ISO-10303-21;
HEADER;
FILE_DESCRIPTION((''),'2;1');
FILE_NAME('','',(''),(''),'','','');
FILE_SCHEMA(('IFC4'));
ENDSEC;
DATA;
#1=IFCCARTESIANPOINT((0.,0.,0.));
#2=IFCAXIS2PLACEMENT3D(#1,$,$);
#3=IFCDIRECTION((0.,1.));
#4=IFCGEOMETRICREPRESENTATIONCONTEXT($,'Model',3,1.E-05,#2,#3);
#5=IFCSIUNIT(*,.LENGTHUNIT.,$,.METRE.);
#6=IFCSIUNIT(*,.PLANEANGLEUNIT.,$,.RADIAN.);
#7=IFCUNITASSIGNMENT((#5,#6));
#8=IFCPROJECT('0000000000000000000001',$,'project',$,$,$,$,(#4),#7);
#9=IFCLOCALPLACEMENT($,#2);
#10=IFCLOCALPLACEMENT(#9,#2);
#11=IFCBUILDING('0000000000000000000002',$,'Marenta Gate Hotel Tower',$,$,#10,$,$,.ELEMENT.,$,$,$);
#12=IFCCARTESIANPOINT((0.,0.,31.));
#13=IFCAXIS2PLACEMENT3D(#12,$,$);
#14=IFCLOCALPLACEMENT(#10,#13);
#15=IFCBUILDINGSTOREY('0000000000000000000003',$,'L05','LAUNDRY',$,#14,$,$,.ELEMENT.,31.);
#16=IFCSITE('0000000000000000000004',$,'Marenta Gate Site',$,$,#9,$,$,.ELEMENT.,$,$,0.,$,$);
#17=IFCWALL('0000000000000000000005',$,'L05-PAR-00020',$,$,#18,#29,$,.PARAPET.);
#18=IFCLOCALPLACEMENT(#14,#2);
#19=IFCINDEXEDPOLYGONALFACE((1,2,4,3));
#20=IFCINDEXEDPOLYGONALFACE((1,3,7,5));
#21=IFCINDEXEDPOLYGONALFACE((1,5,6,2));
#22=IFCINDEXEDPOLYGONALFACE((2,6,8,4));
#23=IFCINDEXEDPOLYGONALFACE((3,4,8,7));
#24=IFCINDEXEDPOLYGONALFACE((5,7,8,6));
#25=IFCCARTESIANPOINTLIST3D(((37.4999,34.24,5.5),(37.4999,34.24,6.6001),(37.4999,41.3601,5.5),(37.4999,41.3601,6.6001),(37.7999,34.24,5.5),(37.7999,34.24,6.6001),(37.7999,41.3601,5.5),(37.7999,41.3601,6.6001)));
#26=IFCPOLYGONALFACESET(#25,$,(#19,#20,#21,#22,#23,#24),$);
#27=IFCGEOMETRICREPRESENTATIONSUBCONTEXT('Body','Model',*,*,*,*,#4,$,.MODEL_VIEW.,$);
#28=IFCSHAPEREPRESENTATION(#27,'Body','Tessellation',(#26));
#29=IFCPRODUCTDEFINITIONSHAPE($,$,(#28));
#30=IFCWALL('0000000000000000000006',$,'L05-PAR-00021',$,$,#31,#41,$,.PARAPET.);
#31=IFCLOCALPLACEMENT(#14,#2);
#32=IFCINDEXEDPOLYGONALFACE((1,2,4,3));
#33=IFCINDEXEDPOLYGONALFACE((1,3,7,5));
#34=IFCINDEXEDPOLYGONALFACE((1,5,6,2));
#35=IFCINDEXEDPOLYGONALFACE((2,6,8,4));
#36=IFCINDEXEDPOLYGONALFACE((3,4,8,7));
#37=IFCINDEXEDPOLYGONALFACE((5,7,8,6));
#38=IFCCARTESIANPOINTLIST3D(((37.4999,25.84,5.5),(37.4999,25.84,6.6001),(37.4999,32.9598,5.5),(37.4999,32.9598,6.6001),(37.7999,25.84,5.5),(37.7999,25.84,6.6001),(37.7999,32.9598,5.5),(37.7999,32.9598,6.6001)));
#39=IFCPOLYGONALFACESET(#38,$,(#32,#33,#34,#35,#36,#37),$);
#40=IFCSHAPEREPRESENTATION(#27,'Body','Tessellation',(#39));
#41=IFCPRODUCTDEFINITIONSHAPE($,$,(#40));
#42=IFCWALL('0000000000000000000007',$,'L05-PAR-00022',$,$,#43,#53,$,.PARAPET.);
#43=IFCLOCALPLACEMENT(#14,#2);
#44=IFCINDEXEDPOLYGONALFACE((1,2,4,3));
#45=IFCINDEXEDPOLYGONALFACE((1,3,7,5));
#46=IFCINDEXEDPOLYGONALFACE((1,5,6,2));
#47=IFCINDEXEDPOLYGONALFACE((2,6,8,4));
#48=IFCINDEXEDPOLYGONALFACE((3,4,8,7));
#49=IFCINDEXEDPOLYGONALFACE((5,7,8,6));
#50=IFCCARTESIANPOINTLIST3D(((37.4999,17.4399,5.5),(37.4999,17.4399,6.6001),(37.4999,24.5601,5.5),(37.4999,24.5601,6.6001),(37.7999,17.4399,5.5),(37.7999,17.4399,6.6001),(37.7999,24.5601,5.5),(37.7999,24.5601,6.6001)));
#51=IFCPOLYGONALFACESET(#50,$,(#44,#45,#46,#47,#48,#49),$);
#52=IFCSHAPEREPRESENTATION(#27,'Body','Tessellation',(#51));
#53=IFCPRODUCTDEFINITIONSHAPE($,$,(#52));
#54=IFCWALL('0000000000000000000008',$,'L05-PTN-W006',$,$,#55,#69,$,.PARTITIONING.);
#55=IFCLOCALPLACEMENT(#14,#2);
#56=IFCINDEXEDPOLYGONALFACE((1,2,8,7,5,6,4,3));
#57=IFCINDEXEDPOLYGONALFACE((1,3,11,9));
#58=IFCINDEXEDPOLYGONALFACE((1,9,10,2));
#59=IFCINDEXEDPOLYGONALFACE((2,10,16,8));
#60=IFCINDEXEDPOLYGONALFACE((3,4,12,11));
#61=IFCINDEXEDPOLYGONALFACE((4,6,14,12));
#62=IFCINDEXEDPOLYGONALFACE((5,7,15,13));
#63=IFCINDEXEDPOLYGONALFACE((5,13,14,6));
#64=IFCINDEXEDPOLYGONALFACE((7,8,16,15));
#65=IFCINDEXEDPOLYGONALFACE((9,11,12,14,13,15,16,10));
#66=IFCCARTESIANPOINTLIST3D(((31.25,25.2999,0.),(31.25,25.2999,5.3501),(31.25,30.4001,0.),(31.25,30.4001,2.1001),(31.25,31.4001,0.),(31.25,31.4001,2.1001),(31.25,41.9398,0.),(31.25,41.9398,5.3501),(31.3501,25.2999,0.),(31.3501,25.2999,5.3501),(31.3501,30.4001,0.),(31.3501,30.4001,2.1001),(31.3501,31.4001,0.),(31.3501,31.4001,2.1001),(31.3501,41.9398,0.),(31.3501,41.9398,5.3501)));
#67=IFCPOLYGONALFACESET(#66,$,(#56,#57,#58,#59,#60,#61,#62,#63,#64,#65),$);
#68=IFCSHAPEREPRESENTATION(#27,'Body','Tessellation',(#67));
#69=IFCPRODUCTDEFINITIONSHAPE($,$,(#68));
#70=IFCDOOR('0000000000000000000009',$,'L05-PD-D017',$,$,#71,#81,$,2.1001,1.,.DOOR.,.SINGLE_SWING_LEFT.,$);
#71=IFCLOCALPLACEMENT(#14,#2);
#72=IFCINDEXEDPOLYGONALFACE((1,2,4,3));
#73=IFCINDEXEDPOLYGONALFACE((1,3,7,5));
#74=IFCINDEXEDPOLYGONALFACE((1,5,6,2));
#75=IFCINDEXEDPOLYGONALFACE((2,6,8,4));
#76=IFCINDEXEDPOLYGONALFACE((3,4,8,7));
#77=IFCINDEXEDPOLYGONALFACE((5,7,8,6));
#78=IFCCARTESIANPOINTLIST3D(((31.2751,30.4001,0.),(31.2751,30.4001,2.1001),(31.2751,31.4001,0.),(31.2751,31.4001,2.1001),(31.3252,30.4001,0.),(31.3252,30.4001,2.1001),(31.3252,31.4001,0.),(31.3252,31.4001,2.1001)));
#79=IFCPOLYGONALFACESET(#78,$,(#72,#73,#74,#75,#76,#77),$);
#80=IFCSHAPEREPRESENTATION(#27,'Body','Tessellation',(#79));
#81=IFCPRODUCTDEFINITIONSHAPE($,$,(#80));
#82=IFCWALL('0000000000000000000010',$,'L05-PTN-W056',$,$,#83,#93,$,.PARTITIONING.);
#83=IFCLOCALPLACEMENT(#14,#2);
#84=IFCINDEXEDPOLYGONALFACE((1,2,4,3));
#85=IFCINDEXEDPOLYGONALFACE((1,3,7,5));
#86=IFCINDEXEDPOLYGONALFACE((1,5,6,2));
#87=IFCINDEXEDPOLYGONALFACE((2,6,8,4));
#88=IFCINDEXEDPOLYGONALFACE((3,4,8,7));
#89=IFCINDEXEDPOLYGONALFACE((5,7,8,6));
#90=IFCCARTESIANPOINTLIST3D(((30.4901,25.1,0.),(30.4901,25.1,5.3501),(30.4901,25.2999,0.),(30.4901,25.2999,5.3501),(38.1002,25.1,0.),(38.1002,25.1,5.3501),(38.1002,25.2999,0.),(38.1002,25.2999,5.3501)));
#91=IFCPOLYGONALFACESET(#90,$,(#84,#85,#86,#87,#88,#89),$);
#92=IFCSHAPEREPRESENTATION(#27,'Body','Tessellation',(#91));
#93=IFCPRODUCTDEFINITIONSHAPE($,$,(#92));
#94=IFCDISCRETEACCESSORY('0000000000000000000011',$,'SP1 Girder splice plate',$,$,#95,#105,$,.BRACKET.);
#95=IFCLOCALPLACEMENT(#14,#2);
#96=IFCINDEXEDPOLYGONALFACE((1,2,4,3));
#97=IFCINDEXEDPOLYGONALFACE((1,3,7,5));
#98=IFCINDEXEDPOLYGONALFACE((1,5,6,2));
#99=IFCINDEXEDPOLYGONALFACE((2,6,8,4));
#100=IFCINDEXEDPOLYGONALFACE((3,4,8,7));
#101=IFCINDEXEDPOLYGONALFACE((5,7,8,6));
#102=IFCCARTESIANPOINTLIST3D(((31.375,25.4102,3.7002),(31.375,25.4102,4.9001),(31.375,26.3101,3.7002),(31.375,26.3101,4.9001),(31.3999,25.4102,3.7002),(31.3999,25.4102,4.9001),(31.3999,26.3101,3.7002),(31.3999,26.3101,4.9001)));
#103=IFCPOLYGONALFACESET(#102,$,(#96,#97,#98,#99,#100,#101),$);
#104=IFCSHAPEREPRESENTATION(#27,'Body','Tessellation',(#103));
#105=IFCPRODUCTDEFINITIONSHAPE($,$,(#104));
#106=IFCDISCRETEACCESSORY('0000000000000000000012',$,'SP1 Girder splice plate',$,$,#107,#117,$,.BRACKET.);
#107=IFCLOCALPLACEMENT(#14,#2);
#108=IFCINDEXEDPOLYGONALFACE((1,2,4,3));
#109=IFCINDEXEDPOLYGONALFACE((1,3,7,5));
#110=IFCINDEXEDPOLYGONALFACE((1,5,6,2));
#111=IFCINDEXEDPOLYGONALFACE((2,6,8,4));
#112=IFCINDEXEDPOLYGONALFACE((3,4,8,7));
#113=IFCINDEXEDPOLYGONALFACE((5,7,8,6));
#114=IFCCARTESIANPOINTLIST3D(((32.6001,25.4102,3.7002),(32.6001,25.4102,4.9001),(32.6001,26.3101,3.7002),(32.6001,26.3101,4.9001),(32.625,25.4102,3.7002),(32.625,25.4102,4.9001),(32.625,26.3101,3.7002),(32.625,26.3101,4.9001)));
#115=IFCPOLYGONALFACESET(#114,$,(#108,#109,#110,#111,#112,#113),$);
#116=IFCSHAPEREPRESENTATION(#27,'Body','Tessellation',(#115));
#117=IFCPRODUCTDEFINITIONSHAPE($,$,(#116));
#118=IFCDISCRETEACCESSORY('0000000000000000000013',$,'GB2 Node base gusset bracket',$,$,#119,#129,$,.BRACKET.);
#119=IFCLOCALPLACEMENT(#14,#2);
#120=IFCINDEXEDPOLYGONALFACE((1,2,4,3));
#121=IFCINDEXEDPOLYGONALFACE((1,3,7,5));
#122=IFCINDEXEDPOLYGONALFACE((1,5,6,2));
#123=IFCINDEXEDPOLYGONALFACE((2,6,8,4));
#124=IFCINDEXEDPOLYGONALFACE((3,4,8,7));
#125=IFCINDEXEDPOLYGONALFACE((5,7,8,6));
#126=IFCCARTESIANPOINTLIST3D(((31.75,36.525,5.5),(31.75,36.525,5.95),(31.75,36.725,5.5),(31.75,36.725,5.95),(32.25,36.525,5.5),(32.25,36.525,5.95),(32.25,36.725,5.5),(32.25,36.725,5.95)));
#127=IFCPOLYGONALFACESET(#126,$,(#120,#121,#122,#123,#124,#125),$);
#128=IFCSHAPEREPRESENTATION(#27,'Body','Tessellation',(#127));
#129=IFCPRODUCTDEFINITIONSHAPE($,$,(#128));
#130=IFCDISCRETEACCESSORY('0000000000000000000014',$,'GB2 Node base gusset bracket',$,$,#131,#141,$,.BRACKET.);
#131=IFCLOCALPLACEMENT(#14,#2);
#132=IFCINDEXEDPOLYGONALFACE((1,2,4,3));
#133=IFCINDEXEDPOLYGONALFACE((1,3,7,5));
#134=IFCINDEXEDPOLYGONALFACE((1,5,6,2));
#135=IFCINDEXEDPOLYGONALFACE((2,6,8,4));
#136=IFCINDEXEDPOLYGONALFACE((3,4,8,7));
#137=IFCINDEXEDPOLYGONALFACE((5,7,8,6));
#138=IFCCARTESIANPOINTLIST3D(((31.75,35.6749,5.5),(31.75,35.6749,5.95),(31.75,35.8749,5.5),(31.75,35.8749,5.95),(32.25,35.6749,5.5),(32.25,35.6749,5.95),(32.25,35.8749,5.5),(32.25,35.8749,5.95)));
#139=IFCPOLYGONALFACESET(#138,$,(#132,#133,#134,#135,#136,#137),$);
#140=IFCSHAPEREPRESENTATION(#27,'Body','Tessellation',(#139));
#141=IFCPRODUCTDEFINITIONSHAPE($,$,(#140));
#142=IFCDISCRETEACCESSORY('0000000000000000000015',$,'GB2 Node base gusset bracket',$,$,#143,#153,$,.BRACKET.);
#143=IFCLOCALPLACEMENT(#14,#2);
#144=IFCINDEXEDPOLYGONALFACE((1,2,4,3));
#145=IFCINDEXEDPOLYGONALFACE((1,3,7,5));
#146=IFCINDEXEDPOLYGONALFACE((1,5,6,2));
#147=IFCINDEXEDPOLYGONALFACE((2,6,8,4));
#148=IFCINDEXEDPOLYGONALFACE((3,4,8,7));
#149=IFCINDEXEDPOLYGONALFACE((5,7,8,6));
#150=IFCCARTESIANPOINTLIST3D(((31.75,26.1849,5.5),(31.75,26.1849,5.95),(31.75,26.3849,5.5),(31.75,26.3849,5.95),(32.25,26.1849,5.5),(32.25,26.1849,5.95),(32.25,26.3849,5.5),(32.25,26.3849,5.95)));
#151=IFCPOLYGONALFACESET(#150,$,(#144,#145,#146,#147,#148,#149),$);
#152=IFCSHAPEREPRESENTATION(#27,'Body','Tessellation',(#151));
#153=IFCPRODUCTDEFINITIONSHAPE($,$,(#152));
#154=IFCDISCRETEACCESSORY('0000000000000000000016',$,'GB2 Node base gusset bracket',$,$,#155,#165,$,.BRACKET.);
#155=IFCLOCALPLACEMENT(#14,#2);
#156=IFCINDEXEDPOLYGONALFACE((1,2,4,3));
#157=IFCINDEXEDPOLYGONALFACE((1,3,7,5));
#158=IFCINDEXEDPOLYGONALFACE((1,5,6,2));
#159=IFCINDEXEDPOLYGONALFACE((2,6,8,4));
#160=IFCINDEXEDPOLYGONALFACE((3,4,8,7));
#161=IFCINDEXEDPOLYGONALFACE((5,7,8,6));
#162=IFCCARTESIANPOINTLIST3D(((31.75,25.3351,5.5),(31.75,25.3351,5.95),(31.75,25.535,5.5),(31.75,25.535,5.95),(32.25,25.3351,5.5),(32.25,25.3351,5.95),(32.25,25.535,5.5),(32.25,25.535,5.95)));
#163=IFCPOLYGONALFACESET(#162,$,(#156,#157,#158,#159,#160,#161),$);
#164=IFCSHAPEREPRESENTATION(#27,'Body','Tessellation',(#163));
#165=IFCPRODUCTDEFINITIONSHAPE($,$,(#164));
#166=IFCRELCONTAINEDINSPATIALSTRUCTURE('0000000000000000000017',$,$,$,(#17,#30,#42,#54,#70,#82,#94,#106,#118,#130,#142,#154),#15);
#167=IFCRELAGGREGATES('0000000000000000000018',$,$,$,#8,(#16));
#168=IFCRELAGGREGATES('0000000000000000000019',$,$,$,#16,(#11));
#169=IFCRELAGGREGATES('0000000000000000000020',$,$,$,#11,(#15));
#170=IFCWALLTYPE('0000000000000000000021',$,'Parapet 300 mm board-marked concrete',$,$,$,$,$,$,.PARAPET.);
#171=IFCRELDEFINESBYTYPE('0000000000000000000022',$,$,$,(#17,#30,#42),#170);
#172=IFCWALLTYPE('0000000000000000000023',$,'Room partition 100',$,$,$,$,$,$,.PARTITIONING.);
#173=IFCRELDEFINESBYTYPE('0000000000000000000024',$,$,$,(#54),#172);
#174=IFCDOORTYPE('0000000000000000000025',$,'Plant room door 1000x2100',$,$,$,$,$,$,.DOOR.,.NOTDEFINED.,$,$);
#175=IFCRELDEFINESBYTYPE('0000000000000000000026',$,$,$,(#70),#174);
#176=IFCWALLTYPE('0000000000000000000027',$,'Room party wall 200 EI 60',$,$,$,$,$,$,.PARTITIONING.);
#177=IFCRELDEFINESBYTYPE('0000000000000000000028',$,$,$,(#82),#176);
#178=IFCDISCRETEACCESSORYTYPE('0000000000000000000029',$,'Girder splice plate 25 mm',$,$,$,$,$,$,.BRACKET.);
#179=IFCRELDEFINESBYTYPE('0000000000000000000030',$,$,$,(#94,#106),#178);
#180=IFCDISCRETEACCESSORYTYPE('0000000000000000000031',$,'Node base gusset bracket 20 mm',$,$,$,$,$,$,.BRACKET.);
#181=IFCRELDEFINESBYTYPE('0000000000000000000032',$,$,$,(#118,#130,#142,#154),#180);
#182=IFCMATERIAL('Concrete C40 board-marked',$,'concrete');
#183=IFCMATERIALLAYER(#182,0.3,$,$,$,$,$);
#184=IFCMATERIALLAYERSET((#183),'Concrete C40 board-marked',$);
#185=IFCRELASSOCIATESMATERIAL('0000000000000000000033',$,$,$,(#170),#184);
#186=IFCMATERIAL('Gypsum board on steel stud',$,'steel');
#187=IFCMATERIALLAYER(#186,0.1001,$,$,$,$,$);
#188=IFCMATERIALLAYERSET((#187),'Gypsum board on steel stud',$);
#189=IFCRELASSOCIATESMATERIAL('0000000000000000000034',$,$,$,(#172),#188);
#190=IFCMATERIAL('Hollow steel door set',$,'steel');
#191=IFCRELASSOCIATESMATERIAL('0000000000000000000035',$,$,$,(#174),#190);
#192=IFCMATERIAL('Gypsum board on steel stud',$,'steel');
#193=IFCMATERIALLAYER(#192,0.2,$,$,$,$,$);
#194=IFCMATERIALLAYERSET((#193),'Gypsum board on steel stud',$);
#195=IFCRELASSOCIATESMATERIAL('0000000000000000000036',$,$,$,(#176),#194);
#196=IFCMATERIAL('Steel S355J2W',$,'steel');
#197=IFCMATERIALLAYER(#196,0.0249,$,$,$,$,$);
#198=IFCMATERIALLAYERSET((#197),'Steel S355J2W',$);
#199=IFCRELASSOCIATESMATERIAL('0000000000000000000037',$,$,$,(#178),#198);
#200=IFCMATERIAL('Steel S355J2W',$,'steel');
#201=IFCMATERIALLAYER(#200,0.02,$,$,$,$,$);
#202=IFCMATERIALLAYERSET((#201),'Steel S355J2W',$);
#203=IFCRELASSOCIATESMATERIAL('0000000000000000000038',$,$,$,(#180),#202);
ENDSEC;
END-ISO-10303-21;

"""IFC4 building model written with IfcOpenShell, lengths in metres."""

from ifc_helpers import new_model, si_unit, direction, frame, frame_2d, origin, origin_2d, place, context, subcontext, project, spatial, rectangle, extrude, material, layer, layer_set, type_object, element, fill, save


model = new_model("IFC4")

# Units and contexts
model_context = context("Model", 3, precision=1e-05, world=origin(), true_north=direction((0.0, 1.0)))
body_context = subcontext(model_context, "Body", "Model", "MODEL_VIEW")
ifc_project = project(units=[si_unit("LENGTHUNIT", "METRE"), si_unit("PLANEANGLEUNIT", "RADIAN")], contexts=[model_context])

# Site, building, storey
site_placement = place(None, origin())
site = spatial("IfcSite", under=ifc_project, at=site_placement, Name="Marenta Gate Site", CompositionType="ELEMENT", RefElevation=0.0)
building_placement = place(site_placement, origin())
building = spatial("IfcBuilding", under=site, at=building_placement, Name="Marenta Gate Hotel Tower", CompositionType="ELEMENT")
storey_placement = place(building_placement, frame((0.0, 0.0, 31.0)))
storey = spatial("IfcBuildingStorey", under=building, at=storey_placement, Name="L05", Description="LAUNDRY", CompositionType="ELEMENT", Elevation=31.0)

# Walls
ifc_material_1 = material(Name="Concrete C40 board-marked", Category="concrete")
ifc_layer_1 = layer(ifc_material_1, 0.3)
ifc_layer_set_1 = layer_set([ifc_layer_1], Name="Concrete C40 board-marked")
wall_type_1 = type_object("IfcWallType", Name="Parapet 300 mm board-marked concrete", PredefinedType="PARAPET", material=ifc_layer_set_1)
wall_1_placement = place(storey_placement, frame((37.6499, 41.3601, 5.5), z_axis=(0.0, 0.0, 1.0), x_axis=(0.0, -1.0, 0.0)))
element("IfcWall", 1, at=wall_1_placement, inside=storey, type_object=wall_type_1, Name="L05-PAR-00020", PredefinedType="PARAPET", context=body_context, shape_type="SweptSolid", body=[
    extrude(rectangle(XDim=7.1201, YDim=0.3, at=frame_2d((3.5601, 0.0))), origin(), (0.0, 0.0, 1.0), 1.1001),
])
wall_2_placement = place(storey_placement, frame((37.6499, 32.96, 5.5), z_axis=(0.0, 0.0, 1.0), x_axis=(0.0, -1.0, 0.0)))
element("IfcWall", 2, at=wall_2_placement, inside=storey, type_object=wall_type_1, Name="L05-PAR-00021", PredefinedType="PARAPET", context=body_context, shape_type="SweptSolid", body=[
    extrude(rectangle(XDim=7.1199, YDim=0.3, at=frame_2d((3.5601, 0.0))), origin(), (0.0, 0.0, 1.0), 1.1001),
])
wall_3_placement = place(storey_placement, frame((37.6499, 24.5601, 5.5), z_axis=(0.0, 0.0, 1.0), x_axis=(0.0, -1.0, 0.0)))
element("IfcWall", 3, at=wall_3_placement, inside=storey, type_object=wall_type_1, Name="L05-PAR-00022", PredefinedType="PARAPET", context=body_context, shape_type="SweptSolid", body=[
    extrude(rectangle(XDim=7.1201, YDim=0.3, at=frame_2d((3.5601, 0.0))), origin(), (0.0, 0.0, 1.0), 1.1001),
])

# Wall, opening, door
ifc_material_2 = material(Name="Gypsum board on steel stud", Category="steel")
ifc_layer_2 = layer(ifc_material_2, 0.1001)
ifc_layer_set_2 = layer_set([ifc_layer_2], Name="Gypsum board on steel stud")
wall_type_2 = type_object("IfcWallType", Name="Room partition 100", PredefinedType="PARTITIONING", material=ifc_layer_set_2)
wall_4_placement = place(storey_placement, frame((31.3, 25.3, 0.0), z_axis=(0.0, 0.0, 1.0), x_axis=(0.0, 1.0, 0.0)))
wall_4 = element("IfcWall", 4, at=wall_4_placement, inside=storey, type_object=wall_type_2, Name="L05-PTN-W006", PredefinedType="PARTITIONING", context=body_context, shape_type="SweptSolid", body=[
    extrude(rectangle(XDim=16.6399, YDim=0.1001, at=frame_2d((8.3198, 0.0))), origin(), (0.0, 0.0, 1.0), 5.3501),
])
opening_placement = place(wall_4_placement, frame((5.1001, 0.0, 0.0)))
opening = element("IfcOpeningElement", 5, at=opening_placement, cuts=wall_4, PredefinedType="OPENING", context=body_context, shape_type="SweptSolid", body=[
    extrude(rectangle(XDim=1.0, YDim=2.1001, at=frame_2d((0.5, 1.05))), frame((0.0, 0.05, 0.0), z_axis=(0.0, -1.0, 0.0), x_axis=(1.0, 0.0, 0.0)), (0.0, 0.0, 1.0), 0.1001),
])
ifc_material_3 = material(Name="Hollow steel door set", Category="steel")
door_type = type_object("IfcDoorType", Name="Plant room door 1000x2100", OperationType="NOTDEFINED", PredefinedType="DOOR", material=ifc_material_3)
door_placement = place(opening_placement, origin())
door = element("IfcDoor", 6, at=door_placement, inside=storey, type_object=door_type, Name="L05-PD-D017", OperationType="SINGLE_SWING_LEFT", OverallHeight=2.1001, OverallWidth=1.0, PredefinedType="DOOR", context=body_context, shape_type="SweptSolid", body=[
    extrude(rectangle(XDim=1.0, YDim=2.1001, at=frame_2d((0.5, 1.05))), frame((0.0, 0.0249, 0.0), z_axis=(0.0, -1.0, 0.0), x_axis=(1.0, 0.0, 0.0)), (0.0, 0.0, 1.0), 0.05),
])
fill(opening, door)

# Wall
ifc_material_4 = material(Name="Gypsum board on steel stud", Category="steel")
ifc_layer_3 = layer(ifc_material_4, 0.2)
ifc_layer_set_3 = layer_set([ifc_layer_3], Name="Gypsum board on steel stud")
wall_type_3 = type_object("IfcWallType", Name="Room party wall 200 EI 60", PredefinedType="PARTITIONING", material=ifc_layer_set_3)
wall_5_placement = place(storey_placement, frame((30.49, 25.2, 0.0), z_axis=(0.0, 0.0, 1.0), x_axis=(1.0, 0.0, 0.0)))
element("IfcWall", 7, at=wall_5_placement, inside=storey, type_object=wall_type_3, Name="L05-PTN-W056", PredefinedType="PARTITIONING", context=body_context, shape_type="SweptSolid", body=[
    extrude(rectangle(XDim=7.6101, YDim=0.2, at=frame_2d((3.8052, 0.0))), origin(), (0.0, 0.0, 1.0), 5.3501),
])

# Discrete accessories
ifc_material_5 = material(Name="Steel S355J2W", Category="steel")
ifc_layer_4 = layer(ifc_material_5, 0.0249)
ifc_layer_set_4 = layer_set([ifc_layer_4], Name="Steel S355J2W")
discrete_accessory_type_1 = type_object("IfcDiscreteAccessoryType", Name="Girder splice plate 25 mm", PredefinedType="BRACKET", material=ifc_layer_set_4)
for number, where, z_axis, x_axis, name in (
    (8, (31.3875, 25.8601, 3.7002), (0.0, 0.0, 1.0), (0.0, -1.0, 0.0), "SP1 Girder splice plate"),
    (9, (32.6125, 25.8601, 3.7002), (0.0, 0.0, 1.0), (0.0, -1.0, 0.0), "SP1 Girder splice plate"),
):
    element("IfcDiscreteAccessory", number, at=place(storey_placement, frame(where, z_axis=z_axis, x_axis=x_axis)), inside=storey, type_object=discrete_accessory_type_1, Name=name, PredefinedType="BRACKET", context=body_context, shape_type="SweptSolid", body=[
        extrude(rectangle(XDim=0.8999, YDim=0.0249, at=origin_2d()), origin(), (0.0, 0.0, 1.0), 1.2),
    ])
ifc_material_6 = material(Name="Steel S355J2W", Category="steel")
ifc_layer_5 = layer(ifc_material_6, 0.02)
ifc_layer_set_5 = layer_set([ifc_layer_5], Name="Steel S355J2W")
discrete_accessory_type_2 = type_object("IfcDiscreteAccessoryType", Name="Node base gusset bracket 20 mm", PredefinedType="BRACKET", material=ifc_layer_set_5)
for number, where, z_axis, x_axis, name in (
    (10, (32.0, 36.625, 5.5), (0.0, 0.0, 1.0), (0.0, -1.0, 0.0), "GB2 Node base gusset bracket"),
    (11, (32.0, 35.7749, 5.5), (0.0, 0.0, 1.0), (0.0, -1.0, 0.0), "GB2 Node base gusset bracket"),
    (12, (32.0, 26.2849, 5.5), (0.0, 0.0, 1.0), (0.0, -1.0, 0.0), "GB2 Node base gusset bracket"),
    (13, (32.0, 25.4351, 5.5), (0.0, 0.0, 1.0), (0.0, -1.0, 0.0), "GB2 Node base gusset bracket"),
):
    element("IfcDiscreteAccessory", number, at=place(storey_placement, frame(where, z_axis=z_axis, x_axis=x_axis)), inside=storey, type_object=discrete_accessory_type_2, Name=name, PredefinedType="BRACKET", context=body_context, shape_type="SweptSolid", body=[
        extrude(rectangle(XDim=0.2, YDim=0.5, at=origin_2d()), origin(), (0.0, 0.0, 1.0), 0.45),
    ])

save(model, "model.ifc")
